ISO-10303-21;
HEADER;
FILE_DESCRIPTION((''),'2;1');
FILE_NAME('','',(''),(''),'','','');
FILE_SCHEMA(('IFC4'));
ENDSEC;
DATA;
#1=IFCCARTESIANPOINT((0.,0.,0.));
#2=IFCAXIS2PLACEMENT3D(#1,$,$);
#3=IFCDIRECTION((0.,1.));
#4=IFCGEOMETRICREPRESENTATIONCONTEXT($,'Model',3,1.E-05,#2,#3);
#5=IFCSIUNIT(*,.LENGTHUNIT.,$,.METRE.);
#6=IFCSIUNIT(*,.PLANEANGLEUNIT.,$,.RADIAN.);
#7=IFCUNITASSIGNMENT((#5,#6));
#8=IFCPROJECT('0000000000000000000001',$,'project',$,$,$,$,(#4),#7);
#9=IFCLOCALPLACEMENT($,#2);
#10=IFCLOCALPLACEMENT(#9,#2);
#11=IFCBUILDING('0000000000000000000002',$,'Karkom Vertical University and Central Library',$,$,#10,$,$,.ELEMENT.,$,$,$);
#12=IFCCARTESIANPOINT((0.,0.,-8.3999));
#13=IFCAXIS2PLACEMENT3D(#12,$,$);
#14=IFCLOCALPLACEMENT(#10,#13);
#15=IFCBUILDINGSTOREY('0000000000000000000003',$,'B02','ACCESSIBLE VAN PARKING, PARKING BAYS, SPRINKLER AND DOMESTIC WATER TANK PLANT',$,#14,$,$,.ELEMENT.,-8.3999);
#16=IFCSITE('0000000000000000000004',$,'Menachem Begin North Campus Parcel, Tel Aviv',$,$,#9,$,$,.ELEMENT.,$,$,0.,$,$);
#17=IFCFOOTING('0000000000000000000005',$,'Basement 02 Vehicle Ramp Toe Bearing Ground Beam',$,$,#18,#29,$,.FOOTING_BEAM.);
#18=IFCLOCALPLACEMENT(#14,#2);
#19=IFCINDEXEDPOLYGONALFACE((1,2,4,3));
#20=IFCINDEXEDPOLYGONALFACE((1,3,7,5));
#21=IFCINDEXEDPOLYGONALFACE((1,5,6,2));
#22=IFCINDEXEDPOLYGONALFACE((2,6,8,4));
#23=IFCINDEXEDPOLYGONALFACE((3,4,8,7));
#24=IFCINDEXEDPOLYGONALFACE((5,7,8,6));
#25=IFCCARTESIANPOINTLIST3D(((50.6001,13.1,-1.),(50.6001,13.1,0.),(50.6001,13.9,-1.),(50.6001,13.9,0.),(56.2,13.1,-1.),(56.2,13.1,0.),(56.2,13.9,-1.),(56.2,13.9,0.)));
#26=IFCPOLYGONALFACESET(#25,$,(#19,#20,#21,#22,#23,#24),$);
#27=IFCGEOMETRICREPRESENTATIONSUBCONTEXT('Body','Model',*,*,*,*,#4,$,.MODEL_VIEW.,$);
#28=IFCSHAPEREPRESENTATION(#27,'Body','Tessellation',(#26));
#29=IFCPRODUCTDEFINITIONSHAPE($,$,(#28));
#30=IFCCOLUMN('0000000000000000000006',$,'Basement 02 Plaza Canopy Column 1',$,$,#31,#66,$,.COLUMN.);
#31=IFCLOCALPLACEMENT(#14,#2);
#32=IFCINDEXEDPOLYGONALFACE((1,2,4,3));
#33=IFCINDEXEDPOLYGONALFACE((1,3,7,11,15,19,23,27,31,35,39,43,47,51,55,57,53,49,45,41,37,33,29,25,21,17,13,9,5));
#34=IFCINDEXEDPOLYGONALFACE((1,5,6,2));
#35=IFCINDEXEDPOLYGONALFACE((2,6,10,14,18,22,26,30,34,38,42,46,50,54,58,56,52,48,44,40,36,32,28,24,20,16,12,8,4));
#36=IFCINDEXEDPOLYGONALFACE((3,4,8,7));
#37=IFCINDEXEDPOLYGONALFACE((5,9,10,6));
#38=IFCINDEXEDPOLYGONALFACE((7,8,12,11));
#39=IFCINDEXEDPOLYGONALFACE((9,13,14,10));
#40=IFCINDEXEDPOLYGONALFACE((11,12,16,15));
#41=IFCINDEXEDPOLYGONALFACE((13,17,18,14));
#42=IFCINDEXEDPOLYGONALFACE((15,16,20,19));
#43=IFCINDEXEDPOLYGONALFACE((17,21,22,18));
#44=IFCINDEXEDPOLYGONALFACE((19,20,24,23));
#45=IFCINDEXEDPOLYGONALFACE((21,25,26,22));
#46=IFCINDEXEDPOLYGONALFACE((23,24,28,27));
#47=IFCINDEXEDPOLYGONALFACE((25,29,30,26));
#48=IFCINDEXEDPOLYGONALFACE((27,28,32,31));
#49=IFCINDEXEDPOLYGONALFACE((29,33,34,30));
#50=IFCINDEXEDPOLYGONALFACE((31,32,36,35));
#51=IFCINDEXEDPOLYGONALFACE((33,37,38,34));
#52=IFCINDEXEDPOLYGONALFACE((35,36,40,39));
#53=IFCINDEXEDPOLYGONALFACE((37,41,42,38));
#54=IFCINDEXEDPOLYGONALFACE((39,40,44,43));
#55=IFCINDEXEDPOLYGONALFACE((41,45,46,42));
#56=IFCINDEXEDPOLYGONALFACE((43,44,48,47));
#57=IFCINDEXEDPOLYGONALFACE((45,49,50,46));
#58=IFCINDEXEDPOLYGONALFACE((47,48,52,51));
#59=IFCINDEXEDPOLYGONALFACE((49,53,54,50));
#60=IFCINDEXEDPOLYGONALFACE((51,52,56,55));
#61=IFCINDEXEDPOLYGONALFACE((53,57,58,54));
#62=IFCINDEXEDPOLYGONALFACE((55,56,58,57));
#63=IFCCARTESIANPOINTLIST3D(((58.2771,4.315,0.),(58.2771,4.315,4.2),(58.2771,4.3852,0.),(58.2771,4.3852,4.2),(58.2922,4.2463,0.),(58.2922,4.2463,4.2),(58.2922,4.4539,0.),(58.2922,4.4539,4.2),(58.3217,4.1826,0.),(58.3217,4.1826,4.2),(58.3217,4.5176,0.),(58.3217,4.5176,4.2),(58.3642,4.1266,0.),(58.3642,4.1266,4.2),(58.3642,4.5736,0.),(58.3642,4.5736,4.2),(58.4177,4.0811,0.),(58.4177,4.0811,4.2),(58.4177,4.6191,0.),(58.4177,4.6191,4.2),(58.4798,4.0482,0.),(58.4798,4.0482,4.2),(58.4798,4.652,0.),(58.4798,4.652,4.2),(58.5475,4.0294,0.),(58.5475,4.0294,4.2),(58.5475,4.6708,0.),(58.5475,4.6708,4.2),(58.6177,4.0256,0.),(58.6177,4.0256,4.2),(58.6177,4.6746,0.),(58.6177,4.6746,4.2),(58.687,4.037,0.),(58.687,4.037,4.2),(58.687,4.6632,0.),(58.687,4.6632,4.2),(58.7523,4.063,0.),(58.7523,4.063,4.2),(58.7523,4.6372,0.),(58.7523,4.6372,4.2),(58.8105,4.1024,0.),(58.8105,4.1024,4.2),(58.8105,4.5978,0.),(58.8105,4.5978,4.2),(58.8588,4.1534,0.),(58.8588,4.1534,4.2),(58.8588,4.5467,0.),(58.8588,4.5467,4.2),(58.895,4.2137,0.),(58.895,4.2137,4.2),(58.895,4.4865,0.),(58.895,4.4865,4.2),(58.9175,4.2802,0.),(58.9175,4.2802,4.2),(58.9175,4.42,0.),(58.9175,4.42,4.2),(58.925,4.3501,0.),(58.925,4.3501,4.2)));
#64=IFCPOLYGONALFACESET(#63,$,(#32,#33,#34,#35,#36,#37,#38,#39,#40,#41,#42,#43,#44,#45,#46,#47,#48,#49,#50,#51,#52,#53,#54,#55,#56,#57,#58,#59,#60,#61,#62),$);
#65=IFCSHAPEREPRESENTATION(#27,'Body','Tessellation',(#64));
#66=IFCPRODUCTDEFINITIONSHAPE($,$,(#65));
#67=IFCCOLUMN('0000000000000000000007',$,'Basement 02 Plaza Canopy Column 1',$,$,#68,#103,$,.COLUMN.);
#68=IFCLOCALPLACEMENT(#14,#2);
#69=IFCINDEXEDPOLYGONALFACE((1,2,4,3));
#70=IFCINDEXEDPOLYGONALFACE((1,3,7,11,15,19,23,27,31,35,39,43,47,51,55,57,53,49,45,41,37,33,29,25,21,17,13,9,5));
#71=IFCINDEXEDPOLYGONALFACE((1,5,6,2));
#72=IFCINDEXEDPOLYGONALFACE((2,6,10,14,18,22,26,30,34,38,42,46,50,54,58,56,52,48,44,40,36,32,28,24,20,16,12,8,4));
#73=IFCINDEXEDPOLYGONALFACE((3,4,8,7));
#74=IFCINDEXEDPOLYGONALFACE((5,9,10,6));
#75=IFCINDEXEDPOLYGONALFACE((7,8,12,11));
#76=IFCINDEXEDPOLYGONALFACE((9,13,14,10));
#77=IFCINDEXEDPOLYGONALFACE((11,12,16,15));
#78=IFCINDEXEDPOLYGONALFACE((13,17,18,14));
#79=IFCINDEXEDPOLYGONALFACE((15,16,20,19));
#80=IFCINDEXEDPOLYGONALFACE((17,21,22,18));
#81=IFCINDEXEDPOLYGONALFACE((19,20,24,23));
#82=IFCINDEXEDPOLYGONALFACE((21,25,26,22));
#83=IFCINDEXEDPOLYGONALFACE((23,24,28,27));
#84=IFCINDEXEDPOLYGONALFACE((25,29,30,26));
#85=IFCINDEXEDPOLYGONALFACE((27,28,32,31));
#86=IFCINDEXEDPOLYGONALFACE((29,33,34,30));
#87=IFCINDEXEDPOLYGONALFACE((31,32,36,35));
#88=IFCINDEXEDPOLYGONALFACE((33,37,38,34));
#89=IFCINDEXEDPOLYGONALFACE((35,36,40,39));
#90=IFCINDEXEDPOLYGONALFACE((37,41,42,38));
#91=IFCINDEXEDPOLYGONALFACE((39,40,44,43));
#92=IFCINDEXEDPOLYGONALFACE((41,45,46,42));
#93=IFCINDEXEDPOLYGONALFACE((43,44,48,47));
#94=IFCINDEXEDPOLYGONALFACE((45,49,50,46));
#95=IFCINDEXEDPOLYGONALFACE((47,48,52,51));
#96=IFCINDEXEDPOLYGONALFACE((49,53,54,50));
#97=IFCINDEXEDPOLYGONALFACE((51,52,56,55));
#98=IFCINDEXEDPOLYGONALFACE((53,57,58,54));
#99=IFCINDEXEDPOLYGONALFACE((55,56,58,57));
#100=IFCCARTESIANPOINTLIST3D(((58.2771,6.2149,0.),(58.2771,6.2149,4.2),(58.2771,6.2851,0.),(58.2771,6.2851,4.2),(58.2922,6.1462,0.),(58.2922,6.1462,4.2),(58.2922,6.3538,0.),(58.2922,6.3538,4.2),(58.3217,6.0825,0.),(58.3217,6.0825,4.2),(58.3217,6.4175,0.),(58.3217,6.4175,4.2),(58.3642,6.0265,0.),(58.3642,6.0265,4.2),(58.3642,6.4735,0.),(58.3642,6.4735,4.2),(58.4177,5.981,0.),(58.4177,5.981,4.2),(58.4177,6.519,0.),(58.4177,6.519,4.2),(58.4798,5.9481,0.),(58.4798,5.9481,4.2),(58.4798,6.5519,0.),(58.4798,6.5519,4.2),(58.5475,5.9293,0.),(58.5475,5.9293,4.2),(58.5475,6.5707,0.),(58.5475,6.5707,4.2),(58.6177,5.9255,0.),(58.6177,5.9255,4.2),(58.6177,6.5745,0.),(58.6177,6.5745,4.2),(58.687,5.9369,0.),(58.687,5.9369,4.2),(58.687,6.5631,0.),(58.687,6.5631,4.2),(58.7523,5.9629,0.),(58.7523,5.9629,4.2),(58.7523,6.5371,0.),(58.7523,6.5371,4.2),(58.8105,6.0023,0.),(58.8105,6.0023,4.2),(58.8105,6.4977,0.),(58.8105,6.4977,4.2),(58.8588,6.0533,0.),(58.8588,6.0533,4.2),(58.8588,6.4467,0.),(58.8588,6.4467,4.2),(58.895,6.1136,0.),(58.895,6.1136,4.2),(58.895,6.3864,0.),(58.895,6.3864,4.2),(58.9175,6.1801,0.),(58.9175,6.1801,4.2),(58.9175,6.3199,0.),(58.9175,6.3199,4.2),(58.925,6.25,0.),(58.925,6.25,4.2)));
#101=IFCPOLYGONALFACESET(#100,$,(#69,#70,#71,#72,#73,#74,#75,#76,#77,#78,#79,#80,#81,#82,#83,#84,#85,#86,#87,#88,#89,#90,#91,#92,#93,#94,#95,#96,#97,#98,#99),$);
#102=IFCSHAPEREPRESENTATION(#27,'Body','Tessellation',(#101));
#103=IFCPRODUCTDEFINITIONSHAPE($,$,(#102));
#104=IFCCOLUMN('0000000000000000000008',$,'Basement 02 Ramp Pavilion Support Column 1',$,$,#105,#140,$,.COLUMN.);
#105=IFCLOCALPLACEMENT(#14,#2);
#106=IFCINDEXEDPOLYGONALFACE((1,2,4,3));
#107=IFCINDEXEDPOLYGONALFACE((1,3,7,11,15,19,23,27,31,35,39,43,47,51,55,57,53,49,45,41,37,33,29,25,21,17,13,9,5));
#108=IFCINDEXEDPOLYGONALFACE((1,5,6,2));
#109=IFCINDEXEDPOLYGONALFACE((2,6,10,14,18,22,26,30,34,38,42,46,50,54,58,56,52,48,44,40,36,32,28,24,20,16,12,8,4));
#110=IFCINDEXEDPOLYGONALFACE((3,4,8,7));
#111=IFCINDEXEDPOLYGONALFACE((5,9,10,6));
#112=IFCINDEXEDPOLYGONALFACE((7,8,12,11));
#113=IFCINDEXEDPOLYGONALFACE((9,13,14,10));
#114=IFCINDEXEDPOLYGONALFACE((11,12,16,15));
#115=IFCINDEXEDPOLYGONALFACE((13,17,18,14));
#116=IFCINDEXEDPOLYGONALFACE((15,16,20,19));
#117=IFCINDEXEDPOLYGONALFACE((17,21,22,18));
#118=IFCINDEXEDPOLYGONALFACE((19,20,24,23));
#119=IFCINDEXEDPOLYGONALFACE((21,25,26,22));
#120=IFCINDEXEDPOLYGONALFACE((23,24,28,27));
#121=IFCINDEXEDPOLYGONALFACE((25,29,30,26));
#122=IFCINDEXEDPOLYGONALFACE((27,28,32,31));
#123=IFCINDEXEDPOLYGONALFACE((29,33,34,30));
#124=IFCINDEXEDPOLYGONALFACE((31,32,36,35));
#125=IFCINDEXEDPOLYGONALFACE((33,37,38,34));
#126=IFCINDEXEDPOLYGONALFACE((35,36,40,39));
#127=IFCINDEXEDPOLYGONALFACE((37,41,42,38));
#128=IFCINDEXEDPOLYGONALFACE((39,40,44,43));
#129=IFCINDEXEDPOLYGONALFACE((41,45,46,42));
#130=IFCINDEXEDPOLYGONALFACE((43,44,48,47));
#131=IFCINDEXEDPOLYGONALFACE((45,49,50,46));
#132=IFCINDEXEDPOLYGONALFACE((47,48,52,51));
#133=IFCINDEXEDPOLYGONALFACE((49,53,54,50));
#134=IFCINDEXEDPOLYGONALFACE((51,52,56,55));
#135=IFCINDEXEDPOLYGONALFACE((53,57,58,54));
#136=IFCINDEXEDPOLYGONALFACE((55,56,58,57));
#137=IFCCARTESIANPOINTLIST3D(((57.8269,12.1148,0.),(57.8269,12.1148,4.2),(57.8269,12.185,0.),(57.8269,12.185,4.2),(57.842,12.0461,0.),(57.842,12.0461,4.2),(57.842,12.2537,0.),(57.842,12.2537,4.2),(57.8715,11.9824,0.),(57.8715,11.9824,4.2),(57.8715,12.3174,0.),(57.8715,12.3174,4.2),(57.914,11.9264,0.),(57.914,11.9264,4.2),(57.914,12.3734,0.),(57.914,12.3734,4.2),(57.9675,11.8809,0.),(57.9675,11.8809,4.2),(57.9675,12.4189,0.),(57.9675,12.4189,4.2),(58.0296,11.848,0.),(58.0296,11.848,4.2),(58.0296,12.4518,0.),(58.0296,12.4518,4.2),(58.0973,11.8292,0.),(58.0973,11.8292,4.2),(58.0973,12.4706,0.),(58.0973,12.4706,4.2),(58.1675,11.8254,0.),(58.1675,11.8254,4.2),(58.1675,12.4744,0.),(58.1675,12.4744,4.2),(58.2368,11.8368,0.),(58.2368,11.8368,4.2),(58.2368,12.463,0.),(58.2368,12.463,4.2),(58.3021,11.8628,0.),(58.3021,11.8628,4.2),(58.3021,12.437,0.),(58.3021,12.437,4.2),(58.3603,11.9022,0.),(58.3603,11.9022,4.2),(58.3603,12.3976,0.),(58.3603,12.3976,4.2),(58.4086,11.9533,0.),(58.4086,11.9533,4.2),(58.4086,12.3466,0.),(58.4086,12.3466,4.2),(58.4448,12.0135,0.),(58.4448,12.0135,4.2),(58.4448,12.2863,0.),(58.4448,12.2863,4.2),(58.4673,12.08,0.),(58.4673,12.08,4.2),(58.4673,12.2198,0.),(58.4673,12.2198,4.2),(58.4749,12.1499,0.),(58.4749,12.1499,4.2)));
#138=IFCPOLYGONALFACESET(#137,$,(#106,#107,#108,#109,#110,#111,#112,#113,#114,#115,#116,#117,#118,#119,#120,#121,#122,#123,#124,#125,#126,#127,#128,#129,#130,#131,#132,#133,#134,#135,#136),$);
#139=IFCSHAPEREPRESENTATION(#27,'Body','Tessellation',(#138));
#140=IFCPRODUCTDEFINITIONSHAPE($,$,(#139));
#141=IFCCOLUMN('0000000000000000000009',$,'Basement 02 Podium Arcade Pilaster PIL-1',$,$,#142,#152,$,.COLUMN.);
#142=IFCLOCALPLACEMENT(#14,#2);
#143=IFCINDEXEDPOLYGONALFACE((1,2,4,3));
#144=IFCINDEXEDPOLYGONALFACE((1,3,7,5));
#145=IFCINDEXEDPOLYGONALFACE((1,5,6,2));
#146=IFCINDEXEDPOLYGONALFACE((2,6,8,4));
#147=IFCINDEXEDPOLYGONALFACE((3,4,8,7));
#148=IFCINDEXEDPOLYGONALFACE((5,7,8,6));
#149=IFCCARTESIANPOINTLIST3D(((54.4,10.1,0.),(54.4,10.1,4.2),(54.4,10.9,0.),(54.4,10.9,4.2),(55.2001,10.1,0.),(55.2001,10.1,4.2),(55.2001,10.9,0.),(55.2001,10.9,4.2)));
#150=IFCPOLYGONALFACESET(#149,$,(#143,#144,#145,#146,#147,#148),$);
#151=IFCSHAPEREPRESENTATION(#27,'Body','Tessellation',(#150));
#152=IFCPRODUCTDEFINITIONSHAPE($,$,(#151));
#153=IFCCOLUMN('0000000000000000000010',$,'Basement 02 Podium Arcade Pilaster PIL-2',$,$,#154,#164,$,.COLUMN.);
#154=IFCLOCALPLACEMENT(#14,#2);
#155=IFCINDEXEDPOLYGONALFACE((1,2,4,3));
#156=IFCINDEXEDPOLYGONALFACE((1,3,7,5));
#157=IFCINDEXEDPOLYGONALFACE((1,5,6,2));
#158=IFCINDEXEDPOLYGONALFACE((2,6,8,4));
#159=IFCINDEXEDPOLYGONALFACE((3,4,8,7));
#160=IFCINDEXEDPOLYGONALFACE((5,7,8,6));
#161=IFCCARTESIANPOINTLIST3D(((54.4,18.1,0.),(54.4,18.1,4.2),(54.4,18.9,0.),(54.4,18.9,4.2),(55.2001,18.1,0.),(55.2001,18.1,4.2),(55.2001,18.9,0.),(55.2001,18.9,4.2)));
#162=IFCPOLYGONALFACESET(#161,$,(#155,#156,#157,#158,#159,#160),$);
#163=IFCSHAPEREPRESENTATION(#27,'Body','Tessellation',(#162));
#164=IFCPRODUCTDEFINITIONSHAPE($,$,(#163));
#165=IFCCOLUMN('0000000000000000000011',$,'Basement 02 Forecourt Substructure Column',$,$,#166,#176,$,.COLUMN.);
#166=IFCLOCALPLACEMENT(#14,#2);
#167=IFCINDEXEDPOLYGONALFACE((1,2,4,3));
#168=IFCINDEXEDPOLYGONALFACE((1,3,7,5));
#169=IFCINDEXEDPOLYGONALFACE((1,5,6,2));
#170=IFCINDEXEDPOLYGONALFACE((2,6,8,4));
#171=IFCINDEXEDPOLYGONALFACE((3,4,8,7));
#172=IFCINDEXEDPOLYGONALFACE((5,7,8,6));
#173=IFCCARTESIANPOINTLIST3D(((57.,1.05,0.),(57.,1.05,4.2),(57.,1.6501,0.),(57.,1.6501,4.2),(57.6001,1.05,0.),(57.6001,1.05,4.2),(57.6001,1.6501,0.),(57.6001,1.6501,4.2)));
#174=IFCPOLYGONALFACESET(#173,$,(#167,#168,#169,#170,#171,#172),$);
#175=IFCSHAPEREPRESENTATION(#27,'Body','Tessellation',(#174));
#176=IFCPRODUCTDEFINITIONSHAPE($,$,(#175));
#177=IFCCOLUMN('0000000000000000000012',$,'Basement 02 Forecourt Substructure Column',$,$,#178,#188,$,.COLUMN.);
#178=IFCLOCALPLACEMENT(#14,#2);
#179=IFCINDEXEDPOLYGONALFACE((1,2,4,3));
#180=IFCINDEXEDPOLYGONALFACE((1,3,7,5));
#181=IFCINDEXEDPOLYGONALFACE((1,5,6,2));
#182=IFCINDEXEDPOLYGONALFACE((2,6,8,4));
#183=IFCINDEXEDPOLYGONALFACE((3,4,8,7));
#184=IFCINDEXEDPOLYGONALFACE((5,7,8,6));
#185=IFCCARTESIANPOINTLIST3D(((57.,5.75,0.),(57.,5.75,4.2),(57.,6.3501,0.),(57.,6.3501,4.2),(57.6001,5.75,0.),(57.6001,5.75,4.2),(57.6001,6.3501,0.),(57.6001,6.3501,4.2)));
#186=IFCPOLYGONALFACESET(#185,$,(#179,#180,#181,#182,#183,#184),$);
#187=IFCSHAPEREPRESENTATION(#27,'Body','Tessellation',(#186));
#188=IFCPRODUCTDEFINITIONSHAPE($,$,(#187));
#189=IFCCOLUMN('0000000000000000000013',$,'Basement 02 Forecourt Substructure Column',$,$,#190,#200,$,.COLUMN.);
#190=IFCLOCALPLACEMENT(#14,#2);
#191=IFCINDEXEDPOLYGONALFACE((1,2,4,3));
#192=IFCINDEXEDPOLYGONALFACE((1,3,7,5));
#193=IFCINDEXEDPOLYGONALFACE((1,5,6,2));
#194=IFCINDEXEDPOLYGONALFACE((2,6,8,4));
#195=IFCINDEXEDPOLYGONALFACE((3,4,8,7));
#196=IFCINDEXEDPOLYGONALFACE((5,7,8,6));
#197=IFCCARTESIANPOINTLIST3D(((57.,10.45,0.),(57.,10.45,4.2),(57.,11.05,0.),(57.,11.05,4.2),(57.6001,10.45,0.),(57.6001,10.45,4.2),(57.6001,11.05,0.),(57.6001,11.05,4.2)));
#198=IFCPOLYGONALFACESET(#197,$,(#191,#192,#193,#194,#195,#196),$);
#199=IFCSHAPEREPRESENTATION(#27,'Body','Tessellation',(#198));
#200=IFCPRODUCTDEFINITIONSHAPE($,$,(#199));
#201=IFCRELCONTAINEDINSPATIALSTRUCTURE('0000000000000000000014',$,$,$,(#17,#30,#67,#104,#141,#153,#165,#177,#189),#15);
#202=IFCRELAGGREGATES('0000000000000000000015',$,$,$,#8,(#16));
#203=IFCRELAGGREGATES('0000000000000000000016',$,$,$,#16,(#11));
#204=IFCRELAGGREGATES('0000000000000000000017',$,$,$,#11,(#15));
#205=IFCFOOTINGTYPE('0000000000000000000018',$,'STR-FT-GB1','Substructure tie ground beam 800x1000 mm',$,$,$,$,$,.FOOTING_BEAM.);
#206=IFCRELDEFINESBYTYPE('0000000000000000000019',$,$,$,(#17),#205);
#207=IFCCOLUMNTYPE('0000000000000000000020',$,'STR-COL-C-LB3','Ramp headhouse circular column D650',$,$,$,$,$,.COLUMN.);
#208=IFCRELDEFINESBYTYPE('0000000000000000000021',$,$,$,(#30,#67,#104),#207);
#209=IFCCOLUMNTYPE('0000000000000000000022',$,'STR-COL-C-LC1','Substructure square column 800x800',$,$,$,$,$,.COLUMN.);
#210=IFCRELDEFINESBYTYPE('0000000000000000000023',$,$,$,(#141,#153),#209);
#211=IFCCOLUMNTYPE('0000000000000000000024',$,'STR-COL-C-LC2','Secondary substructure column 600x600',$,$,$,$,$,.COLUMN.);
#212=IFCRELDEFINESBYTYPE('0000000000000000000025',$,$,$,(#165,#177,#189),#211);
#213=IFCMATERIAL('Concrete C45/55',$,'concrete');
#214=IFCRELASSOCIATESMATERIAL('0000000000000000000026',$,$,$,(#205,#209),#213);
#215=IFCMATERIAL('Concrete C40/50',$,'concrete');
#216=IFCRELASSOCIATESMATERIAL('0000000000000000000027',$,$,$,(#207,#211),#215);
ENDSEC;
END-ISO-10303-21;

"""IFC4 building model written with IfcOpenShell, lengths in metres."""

from ifc_helpers import new_model, si_unit, direction, frame, origin, origin_with_axes, origin_2d, place, context, subcontext, project, spatial, rectangle, circle, extrude, source, transform, mapped, material, material_profile, profile_set, type_object, element, save


model = new_model("IFC4")

# Units and contexts
model_context = context("Model", 3, precision=1e-05, world=origin(), true_north=direction((0.0, 1.0)))
body_context = subcontext(model_context, "Body", "Model", "MODEL_VIEW")
ifc_project = project(units=[si_unit("LENGTHUNIT", "METRE"), si_unit("PLANEANGLEUNIT", "RADIAN")], contexts=[model_context])

# Site, building, storey
site_placement = place(None, origin())
site = spatial("IfcSite", under=ifc_project, at=site_placement, Name="Menachem Begin North Campus Parcel, Tel Aviv", CompositionType="ELEMENT", RefElevation=0.0)
building_placement = place(site_placement, origin())
building = spatial("IfcBuilding", under=site, at=building_placement, Name="Karkom Vertical University and Central Library", CompositionType="ELEMENT")
storey_placement = place(building_placement, frame((0.0, 0.0, -8.3999)))
storey = spatial("IfcBuildingStorey", under=building, at=storey_placement, Name="B02", Description="ACCESSIBLE VAN PARKING, PARKING BAYS, SPRINKLER AND DOMESTIC WATER TANK PLANT", CompositionType="ELEMENT", Elevation=-8.3999)

# Shared definitions
ifc_material_1 = material(Name="Concrete C40/50", Category="concrete")

# Footing
ifc_material_2 = material(Name="Concrete C45/55", Category="concrete")
ifc_material_profile_1 = material_profile(ifc_material_2, rectangle(XDim=0.8, YDim=1.0, at=origin_2d()), Name="GB-800x1000")
ifc_profile_set_1 = profile_set([ifc_material_profile_1], Name="Concrete C45/55")
footing_type_1 = type_object("IfcFootingType", Name="STR-FT-GB1", Description="Substructure tie ground beam 800x1000 mm", PredefinedType="FOOTING_BEAM", material=ifc_profile_set_1)
shared_shape_1 = source(origin_with_axes(), body_context, "Body", "SweptSolid", [
    extrude(rectangle(XDim=0.8, YDim=1.0, at=origin_2d()), origin(), (0.0, 0.0, 1.0), 5.5999),
])
footing_placement = place(storey_placement, frame((50.6001, 13.5, -0.5), z_axis=(1.0, 0.0, 0.0), x_axis=(0.0, 1.0, 0.0)))
element("IfcFooting", 1, at=footing_placement, inside=storey, type_object=footing_type_1, Name="Basement 02 Vehicle Ramp Toe Bearing Ground Beam", PredefinedType="FOOTING_BEAM", context=body_context, shape_type="MappedRepresentation", body=[
    mapped(shared_shape_1, transform((0.0, 0.0, 0.0), scale=1.0)),
])

# Columns
ifc_material_profile_2 = material_profile(ifc_material_1, circle(Radius=0.325, at=origin_2d()), Name="RC-D650")
ifc_profile_set_2 = profile_set([ifc_material_profile_2], Name="Concrete C40/50")
column_type_1 = type_object("IfcColumnType", Name="STR-COL-C-LB3", Description="Ramp headhouse circular column D650", PredefinedType="COLUMN", material=ifc_profile_set_2)
shared_shape_2 = source(origin_with_axes(), body_context, "Body", "SweptSolid", [
    extrude(circle(Radius=0.325, at=origin_2d()), origin(), (0.0, 0.0, 1.0), 4.2),
])
for number, where, z_axis, x_axis, name in (
    (2, (58.6001, 4.3501, 0.0), (0.0, 0.0, 1.0), (1.0, 0.0, 0.0), "Basement 02 Plaza Canopy Column 1"),
    (3, (58.6001, 6.25, 0.0), (0.0, 0.0, 1.0), (1.0, 0.0, 0.0), "Basement 02 Plaza Canopy Column 1"),
    (4, (58.1499, 12.1499, 0.0), (0.0, 0.0, 1.0), (1.0, 0.0, 0.0), "Basement 02 Ramp Pavilion Support Column 1"),
):
    element("IfcColumn", number, at=place(storey_placement, frame(where, z_axis=z_axis, x_axis=x_axis)), inside=storey, type_object=column_type_1, Name=name, PredefinedType="COLUMN", context=body_context, shape_type="MappedRepresentation", body=[
        mapped(shared_shape_2, transform((0.0, 0.0, 0.0), scale=1.0)),
    ])
ifc_material_profile_3 = material_profile(ifc_material_2, rectangle(XDim=0.8, YDim=0.8, at=origin_2d()), Name="RC-800x800")
ifc_profile_set_3 = profile_set([ifc_material_profile_3], Name="Concrete C45/55")
column_type_2 = type_object("IfcColumnType", Name="STR-COL-C-LC1", Description="Substructure square column 800x800", PredefinedType="COLUMN", material=ifc_profile_set_3)
shared_shape_3 = source(origin_with_axes(), body_context, "Body", "SweptSolid", [
    extrude(rectangle(XDim=0.8, YDim=0.8, at=origin_2d()), origin(), (0.0, 0.0, 1.0), 4.2),
])
for number, where, z_axis, x_axis, name in (
    (5, (54.8, 10.5, 0.0), (0.0, 0.0, 1.0), (1.0, 0.0, 0.0), "Basement 02 Podium Arcade Pilaster PIL-1"),
    (6, (54.8, 18.5, 0.0), (0.0, 0.0, 1.0), (1.0, 0.0, 0.0), "Basement 02 Podium Arcade Pilaster PIL-2"),
):
    element("IfcColumn", number, at=place(storey_placement, frame(where, z_axis=z_axis, x_axis=x_axis)), inside=storey, type_object=column_type_2, Name=name, PredefinedType="COLUMN", context=body_context, shape_type="MappedRepresentation", body=[
        mapped(shared_shape_3, transform((0.0, 0.0, 0.0), scale=1.0)),
    ])
ifc_material_profile_4 = material_profile(ifc_material_1, rectangle(XDim=0.6001, YDim=0.6001, at=origin_2d()), Name="RC-600x600")
ifc_profile_set_4 = profile_set([ifc_material_profile_4], Name="Concrete C40/50")
column_type_3 = type_object("IfcColumnType", Name="STR-COL-C-LC2", Description="Secondary substructure column 600x600", PredefinedType="COLUMN", material=ifc_profile_set_4)
shared_shape_4 = source(origin_with_axes(), body_context, "Body", "SweptSolid", [
    extrude(rectangle(XDim=0.6001, YDim=0.6001, at=origin_2d()), origin(), (0.0, 0.0, 1.0), 4.2),
])
for number, where, z_axis, x_axis, name in (
    (7, (57.3, 1.3501, 0.0), (0.0, 0.0, 1.0), (1.0, 0.0, 0.0), "Basement 02 Forecourt Substructure Column"),
    (8, (57.3, 6.05, 0.0), (0.0, 0.0, 1.0), (1.0, 0.0, 0.0), "Basement 02 Forecourt Substructure Column"),
    (9, (57.3, 10.75, 0.0), (0.0, 0.0, 1.0), (1.0, 0.0, 0.0), "Basement 02 Forecourt Substructure Column"),
):
    element("IfcColumn", number, at=place(storey_placement, frame(where, z_axis=z_axis, x_axis=x_axis)), inside=storey, type_object=column_type_3, Name=name, PredefinedType="COLUMN", context=body_context, shape_type="MappedRepresentation", body=[
        mapped(shared_shape_4, transform((0.0, 0.0, 0.0), scale=1.0)),
    ])

save(model, "model.ifc")
